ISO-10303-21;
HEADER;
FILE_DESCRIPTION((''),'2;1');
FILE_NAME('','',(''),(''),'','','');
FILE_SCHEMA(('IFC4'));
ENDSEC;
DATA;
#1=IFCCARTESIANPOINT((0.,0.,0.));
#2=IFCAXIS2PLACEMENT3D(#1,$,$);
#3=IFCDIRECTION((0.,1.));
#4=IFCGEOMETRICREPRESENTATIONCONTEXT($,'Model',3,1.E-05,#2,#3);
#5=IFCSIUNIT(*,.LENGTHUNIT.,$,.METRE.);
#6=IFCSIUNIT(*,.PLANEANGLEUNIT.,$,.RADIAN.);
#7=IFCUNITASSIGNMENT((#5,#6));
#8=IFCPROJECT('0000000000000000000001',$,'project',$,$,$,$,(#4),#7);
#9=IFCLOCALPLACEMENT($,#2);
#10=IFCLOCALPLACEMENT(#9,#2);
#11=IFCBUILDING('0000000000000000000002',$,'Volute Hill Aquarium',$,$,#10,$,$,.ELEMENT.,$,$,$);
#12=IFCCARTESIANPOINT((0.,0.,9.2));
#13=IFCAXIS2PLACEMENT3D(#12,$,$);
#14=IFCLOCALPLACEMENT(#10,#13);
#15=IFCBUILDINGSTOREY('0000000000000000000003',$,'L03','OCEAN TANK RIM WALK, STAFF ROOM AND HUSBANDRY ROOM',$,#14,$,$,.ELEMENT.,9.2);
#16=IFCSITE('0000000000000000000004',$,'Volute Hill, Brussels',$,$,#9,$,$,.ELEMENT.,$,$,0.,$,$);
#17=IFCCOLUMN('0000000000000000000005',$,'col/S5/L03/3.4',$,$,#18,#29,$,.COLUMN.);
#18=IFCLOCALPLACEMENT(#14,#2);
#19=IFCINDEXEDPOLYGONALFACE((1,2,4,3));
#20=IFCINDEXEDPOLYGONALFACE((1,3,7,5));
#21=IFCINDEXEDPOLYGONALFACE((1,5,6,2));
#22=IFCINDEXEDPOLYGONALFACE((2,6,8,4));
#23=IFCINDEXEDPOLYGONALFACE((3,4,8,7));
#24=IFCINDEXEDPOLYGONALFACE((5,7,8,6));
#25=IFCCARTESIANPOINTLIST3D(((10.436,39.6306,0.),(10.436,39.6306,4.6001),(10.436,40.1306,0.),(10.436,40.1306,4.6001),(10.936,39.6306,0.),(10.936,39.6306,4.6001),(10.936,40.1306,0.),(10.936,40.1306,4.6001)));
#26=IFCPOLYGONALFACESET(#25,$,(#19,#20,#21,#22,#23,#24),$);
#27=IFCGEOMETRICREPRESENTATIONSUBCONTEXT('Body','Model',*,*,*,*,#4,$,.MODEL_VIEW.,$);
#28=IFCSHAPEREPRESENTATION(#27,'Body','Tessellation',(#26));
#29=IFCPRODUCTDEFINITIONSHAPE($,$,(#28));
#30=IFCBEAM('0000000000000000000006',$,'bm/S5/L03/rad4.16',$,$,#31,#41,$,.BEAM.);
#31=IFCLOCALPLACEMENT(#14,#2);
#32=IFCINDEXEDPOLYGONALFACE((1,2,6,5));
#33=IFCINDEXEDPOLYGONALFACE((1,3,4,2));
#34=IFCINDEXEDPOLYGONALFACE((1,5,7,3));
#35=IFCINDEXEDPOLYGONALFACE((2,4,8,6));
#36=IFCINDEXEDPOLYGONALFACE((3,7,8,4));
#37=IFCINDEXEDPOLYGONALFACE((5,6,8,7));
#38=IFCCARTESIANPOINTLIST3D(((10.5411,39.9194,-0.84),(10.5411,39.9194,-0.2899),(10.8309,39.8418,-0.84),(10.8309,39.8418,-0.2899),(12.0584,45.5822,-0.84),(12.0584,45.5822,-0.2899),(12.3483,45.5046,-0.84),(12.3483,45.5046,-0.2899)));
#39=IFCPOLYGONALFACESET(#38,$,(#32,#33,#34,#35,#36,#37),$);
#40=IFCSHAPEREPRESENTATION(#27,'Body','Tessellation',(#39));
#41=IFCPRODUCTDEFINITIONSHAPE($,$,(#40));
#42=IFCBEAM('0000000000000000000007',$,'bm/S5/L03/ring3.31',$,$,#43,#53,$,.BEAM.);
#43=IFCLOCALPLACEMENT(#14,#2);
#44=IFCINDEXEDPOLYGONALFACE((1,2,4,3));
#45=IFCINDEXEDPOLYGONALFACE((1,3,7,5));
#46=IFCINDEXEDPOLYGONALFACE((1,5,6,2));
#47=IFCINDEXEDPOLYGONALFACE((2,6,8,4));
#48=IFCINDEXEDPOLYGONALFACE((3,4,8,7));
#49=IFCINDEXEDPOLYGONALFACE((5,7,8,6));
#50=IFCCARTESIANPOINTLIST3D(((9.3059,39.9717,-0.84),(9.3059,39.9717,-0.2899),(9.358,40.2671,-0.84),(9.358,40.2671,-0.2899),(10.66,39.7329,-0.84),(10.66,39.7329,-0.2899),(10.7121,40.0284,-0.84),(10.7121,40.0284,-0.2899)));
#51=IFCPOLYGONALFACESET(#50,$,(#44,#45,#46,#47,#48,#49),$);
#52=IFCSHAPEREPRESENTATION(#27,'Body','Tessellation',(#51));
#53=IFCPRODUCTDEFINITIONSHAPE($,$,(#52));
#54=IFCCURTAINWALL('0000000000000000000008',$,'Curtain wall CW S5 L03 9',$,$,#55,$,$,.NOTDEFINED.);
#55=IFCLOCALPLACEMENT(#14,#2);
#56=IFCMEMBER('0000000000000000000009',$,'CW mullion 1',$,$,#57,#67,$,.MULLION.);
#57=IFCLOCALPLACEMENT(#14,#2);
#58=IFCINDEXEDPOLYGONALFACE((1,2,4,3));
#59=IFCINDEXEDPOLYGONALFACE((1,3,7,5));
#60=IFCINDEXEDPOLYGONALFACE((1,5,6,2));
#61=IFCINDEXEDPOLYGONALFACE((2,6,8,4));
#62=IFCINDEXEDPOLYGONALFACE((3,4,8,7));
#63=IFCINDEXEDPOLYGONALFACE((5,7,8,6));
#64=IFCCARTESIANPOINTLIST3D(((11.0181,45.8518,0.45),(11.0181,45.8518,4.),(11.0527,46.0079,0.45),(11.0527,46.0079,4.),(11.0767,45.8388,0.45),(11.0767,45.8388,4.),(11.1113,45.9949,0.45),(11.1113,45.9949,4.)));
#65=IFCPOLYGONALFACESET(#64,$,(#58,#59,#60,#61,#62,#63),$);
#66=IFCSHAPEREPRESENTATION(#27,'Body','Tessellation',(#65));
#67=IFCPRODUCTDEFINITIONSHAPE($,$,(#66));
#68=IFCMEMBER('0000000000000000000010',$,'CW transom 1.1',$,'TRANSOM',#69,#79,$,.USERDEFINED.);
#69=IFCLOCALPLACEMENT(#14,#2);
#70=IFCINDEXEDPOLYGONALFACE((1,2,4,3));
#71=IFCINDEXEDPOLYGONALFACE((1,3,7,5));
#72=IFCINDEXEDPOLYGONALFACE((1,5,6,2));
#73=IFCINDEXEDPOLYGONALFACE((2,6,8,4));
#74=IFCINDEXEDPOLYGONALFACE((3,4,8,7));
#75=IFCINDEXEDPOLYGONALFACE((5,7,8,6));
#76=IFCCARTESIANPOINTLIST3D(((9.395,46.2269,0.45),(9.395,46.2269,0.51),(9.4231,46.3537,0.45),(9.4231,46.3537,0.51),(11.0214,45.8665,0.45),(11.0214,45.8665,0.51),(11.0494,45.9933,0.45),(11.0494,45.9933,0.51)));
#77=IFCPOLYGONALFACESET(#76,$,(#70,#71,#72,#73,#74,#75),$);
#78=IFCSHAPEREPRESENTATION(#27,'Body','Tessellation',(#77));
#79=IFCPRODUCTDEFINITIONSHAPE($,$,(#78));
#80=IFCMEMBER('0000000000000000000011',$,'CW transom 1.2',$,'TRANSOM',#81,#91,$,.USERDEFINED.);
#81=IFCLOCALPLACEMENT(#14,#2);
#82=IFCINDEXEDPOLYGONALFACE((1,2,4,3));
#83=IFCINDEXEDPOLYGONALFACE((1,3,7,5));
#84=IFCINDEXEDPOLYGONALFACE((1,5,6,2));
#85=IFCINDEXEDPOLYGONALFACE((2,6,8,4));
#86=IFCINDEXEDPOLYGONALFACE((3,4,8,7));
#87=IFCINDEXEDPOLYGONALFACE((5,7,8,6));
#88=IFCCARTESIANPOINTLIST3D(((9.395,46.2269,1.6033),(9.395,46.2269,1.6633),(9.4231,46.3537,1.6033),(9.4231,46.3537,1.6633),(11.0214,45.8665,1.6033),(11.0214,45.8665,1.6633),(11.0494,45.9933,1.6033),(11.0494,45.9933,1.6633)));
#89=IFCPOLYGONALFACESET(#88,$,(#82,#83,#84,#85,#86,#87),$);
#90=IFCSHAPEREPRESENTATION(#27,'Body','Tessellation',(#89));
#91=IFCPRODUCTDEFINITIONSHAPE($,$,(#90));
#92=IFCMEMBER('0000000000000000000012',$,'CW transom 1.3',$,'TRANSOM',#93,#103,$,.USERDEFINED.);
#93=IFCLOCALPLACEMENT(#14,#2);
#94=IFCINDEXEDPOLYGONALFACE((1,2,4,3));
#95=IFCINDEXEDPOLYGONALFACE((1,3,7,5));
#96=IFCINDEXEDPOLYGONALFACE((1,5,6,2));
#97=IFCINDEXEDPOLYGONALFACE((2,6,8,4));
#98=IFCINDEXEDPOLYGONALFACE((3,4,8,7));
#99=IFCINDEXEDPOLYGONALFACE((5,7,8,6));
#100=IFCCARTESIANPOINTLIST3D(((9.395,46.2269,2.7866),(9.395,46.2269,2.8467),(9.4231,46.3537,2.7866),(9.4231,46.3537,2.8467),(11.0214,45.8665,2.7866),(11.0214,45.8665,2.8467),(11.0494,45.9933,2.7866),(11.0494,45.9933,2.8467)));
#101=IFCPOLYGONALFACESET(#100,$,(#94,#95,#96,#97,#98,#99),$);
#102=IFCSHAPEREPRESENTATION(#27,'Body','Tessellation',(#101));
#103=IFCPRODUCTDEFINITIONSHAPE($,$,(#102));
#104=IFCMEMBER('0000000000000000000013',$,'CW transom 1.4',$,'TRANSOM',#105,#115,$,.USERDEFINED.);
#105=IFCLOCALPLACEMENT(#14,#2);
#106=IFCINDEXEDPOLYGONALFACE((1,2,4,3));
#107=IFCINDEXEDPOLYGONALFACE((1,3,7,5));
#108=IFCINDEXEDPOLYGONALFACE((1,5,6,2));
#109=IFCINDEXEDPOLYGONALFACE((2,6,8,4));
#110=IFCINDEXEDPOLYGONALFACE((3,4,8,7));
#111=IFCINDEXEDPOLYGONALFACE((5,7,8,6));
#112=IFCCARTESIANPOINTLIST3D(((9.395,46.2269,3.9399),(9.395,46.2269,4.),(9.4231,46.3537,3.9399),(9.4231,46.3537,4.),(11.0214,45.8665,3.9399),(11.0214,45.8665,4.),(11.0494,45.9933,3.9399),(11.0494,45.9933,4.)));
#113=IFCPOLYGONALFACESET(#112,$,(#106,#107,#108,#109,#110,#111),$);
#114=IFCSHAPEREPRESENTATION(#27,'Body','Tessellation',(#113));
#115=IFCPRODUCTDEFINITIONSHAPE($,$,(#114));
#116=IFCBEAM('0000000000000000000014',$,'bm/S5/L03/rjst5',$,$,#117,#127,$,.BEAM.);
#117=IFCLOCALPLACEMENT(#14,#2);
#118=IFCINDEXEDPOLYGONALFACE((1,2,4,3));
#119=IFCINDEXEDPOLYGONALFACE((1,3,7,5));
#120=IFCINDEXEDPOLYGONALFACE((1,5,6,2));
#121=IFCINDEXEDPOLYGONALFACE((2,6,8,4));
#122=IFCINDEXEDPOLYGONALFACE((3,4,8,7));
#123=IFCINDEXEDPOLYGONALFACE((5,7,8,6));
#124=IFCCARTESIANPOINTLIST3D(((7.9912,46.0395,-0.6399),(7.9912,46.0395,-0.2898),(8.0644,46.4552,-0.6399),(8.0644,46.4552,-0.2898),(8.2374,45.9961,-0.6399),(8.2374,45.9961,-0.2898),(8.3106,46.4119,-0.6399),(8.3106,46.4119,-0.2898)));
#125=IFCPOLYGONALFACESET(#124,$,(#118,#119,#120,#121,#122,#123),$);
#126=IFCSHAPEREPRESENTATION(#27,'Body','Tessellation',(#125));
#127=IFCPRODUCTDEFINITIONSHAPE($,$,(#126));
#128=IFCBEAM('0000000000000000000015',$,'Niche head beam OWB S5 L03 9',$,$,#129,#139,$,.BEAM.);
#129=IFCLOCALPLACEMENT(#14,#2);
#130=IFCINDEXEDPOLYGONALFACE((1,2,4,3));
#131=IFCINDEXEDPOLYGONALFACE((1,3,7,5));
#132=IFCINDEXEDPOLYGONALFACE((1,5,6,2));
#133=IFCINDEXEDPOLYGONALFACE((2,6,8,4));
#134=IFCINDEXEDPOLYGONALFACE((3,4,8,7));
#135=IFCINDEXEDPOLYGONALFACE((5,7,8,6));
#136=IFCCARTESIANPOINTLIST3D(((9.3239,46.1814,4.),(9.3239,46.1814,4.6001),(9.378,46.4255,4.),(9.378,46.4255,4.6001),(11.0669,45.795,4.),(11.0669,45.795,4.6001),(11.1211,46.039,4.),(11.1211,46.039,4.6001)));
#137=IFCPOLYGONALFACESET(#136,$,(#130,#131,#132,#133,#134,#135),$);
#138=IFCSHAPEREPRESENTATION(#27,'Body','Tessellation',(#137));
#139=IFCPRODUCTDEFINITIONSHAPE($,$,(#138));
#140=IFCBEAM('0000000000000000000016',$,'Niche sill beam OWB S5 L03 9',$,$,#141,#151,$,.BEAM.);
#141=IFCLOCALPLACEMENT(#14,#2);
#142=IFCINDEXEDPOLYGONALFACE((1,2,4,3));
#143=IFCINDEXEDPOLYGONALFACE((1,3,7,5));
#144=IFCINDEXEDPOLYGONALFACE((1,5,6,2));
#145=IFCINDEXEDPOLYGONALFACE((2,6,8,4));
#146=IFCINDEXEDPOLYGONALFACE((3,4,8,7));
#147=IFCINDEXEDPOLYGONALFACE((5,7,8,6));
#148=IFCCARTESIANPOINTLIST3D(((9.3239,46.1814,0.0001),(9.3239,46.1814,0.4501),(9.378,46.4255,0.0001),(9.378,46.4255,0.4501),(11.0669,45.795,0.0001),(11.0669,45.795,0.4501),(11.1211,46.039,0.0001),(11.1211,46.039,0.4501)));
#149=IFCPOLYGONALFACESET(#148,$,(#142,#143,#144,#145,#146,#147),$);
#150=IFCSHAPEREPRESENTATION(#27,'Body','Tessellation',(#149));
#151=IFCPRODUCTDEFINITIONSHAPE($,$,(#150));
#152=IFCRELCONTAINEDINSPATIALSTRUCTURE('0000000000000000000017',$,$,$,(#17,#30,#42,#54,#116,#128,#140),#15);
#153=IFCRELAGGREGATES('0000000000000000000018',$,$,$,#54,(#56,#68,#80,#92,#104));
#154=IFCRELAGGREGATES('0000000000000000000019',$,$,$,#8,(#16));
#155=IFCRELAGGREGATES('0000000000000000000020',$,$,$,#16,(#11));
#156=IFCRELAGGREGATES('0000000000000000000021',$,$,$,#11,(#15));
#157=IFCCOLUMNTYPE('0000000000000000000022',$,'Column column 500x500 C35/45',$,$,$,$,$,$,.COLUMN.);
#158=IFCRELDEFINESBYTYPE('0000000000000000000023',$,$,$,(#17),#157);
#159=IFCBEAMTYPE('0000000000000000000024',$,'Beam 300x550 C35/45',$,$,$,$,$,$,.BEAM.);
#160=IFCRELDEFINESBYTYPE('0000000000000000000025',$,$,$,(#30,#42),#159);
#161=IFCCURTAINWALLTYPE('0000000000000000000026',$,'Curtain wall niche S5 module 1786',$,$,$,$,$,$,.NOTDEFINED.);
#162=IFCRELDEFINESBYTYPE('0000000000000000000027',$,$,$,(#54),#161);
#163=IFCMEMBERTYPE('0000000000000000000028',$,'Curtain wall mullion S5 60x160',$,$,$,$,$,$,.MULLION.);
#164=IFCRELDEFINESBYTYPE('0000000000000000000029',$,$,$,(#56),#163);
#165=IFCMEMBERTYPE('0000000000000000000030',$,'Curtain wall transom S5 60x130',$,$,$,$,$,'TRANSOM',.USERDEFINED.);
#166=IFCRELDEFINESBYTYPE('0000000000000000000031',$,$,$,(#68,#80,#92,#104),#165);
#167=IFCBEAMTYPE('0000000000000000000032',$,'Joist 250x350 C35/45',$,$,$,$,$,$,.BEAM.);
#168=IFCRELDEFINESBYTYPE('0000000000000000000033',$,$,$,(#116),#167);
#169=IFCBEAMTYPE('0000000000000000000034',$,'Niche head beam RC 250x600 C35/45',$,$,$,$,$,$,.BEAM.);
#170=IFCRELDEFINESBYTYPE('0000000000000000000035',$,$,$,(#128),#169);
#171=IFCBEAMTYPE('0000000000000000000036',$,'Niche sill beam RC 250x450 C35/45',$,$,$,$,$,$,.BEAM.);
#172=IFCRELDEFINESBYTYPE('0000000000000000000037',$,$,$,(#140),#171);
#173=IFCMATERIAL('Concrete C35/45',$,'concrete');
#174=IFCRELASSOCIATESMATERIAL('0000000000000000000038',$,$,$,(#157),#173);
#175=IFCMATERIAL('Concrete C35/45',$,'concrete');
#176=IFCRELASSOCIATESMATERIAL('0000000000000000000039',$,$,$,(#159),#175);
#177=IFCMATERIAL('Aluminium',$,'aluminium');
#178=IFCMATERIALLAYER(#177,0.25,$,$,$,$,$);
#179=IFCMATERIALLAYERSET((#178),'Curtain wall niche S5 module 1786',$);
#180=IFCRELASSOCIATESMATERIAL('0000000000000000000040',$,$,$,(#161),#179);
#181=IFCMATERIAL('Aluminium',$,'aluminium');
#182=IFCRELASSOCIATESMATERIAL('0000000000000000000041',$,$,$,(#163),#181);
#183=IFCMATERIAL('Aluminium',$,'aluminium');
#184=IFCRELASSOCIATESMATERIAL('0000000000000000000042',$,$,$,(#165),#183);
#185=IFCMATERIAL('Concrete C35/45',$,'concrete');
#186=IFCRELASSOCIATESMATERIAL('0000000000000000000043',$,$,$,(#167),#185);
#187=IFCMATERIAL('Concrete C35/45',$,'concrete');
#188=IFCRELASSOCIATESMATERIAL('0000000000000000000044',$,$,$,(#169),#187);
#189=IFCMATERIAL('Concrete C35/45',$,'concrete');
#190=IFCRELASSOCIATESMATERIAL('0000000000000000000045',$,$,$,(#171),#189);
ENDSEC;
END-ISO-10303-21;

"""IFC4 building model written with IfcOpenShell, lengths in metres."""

from ifc_helpers import new_model, si_unit, direction, frame, origin, origin_2d, place, context, subcontext, project, spatial, rectangle, extrude, material, layer, layer_set, material_profile, profile_set, type_object, element, aggregate, save


model = new_model("IFC4")

# Units and contexts
model_context = context("Model", 3, precision=1e-05, world=origin(), true_north=direction((0.0, 1.0)))
body_context = subcontext(model_context, "Body", "Model", "MODEL_VIEW")
ifc_project = project(units=[si_unit("LENGTHUNIT", "METRE"), si_unit("PLANEANGLEUNIT", "RADIAN")], contexts=[model_context])

# Site, building, storey
site_placement = place(None, origin())
site = spatial("IfcSite", under=ifc_project, at=site_placement, Name="Volute Hill, Brussels", CompositionType="ELEMENT", RefElevation=0.0)
building_placement = place(site_placement, origin())
building = spatial("IfcBuilding", under=site, at=building_placement, Name="Volute Hill Aquarium", CompositionType="ELEMENT")
storey_placement = place(building_placement, frame((0.0, 0.0, 9.2)))
storey = spatial("IfcBuildingStorey", under=building, at=storey_placement, Name="L03", Description="OCEAN TANK RIM WALK, STAFF ROOM AND HUSBANDRY ROOM", CompositionType="ELEMENT", Elevation=9.2)

# Column
ifc_material_1 = material(Name="Concrete C35/45", Category="concrete")
ifc_material_profile_1 = material_profile(ifc_material_1, rectangle(XDim=0.5, YDim=0.5, at=origin_2d()), Name="RC column 500x500")
ifc_profile_set_1 = profile_set([ifc_material_profile_1], Name="Concrete C35/45")
column_type = type_object("IfcColumnType", Name="Column column 500x500 C35/45", PredefinedType="COLUMN", material=ifc_profile_set_1)
column_placement = place(storey_placement, frame((10.686, 39.8806, 0.0), z_axis=(0.0, 0.0, 1.0), x_axis=(1.0, 0.0, 0.0)))
element("IfcColumn", 1, at=column_placement, inside=storey, type_object=column_type, Name="col/S5/L03/3.4", PredefinedType="COLUMN", context=body_context, shape_type="SweptSolid", body=[
    extrude(rectangle(XDim=0.5, YDim=0.5, at=origin_2d()), origin(), (0.0, 0.0, 1.0), 4.6001),
])

# Beams
ifc_material_2 = material(Name="Concrete C35/45", Category="concrete")
ifc_material_profile_2 = material_profile(ifc_material_2, rectangle(XDim=0.3, YDim=0.55, at=origin_2d()), Name="RC beam 300x550")
ifc_profile_set_2 = profile_set([ifc_material_profile_2], Name="Concrete C35/45")
beam_type_1 = type_object("IfcBeamType", Name="Beam 300x550 C35/45", PredefinedType="BEAM", material=ifc_profile_set_2)
beam_1_placement = place(storey_placement, frame((10.686, 39.8806, -0.5649), z_axis=(0.258816, 0.965927, 0.0), x_axis=(-0.965927, 0.258816, 0.0)))
element("IfcBeam", 2, at=beam_1_placement, inside=storey, type_object=beam_type_1, Name="bm/S5/L03/rad4.16", PredefinedType="BEAM", context=body_context, shape_type="SweptSolid", body=[
    extrude(rectangle(XDim=0.3, YDim=0.55, at=origin_2d()), origin(), (0.0, 0.0, 1.0), 5.8625),
])
beam_2_placement = place(storey_placement, frame((10.686, 39.8806, -0.5649), z_axis=(-0.984805, 0.173664, 0.0), x_axis=(-0.173664, -0.984805, 0.0)))
element("IfcBeam", 3, at=beam_2_placement, inside=storey, type_object=beam_type_1, Name="bm/S5/L03/ring3.31", PredefinedType="BEAM", context=body_context, shape_type="SweptSolid", body=[
    extrude(rectangle(XDim=0.3, YDim=0.55, at=origin_2d()), origin(), (0.0, 0.0, 1.0), 1.375),
])

# Curtain wall, members
ifc_material_3 = material(Name="Aluminium", Category="aluminium")
ifc_layer_1 = layer(ifc_material_3, 0.25)
ifc_layer_set_1 = layer_set([ifc_layer_1], Name="Curtain wall niche S5 module 1786")
curtain_wall_type = type_object("IfcCurtainWallType", Name="Curtain wall niche S5 module 1786", PredefinedType="NOTDEFINED", material=ifc_layer_set_1)
curtain_wall_placement = place(storey_placement, origin())
curtain_wall = element("IfcCurtainWall", 4, at=curtain_wall_placement, inside=storey, type_object=curtain_wall_type, Name="Curtain wall CW S5 L03 9", PredefinedType="NOTDEFINED")
ifc_material_4 = material(Name="Aluminium", Category="aluminium")
ifc_material_profile_3 = material_profile(ifc_material_4, rectangle(XDim=0.1599, YDim=0.0601, at=origin_2d()), Name="Curtain wall mullion S5 60x160")
ifc_profile_set_3 = profile_set([ifc_material_profile_3], Name="Aluminium")
member_type_1 = type_object("IfcMemberType", Name="Curtain wall mullion S5 60x160", PredefinedType="MULLION", material=ifc_profile_set_3)
member_1_placement = place(storey_placement, frame((11.0647, 45.9233, 0.45), z_axis=(0.0, 0.0, 1.0), x_axis=(-0.216422, -0.9763, 0.0)))
member_1 = element("IfcMember", 5, at=member_1_placement, type_object=member_type_1, Name="CW mullion 1", PredefinedType="MULLION", context=body_context, shape_type="SweptSolid", body=[
    extrude(rectangle(XDim=0.1599, YDim=0.0601, at=origin_2d()), origin(), (0.0, 0.0, 1.0), 3.55),
])
ifc_material_5 = material(Name="Aluminium", Category="aluminium")
ifc_material_profile_4 = material_profile(ifc_material_5, rectangle(XDim=0.1299, YDim=0.0601, at=origin_2d()), Name="Curtain wall transom S5 60x130")
ifc_profile_set_4 = profile_set([ifc_material_profile_4], Name="Aluminium")
member_type_2 = type_object("IfcMemberType", Name="Curtain wall transom S5 60x130", ElementType="TRANSOM", PredefinedType="USERDEFINED", material=ifc_profile_set_4)
member_2_placement = place(storey_placement, frame((11.0354, 45.9299, 0.48), z_axis=(-0.976318, 0.216341, 0.0), x_axis=(-0.216341, -0.976318, 0.0)))
member_2 = element("IfcMember", 6, at=member_2_placement, type_object=member_type_2, Name="CW transom 1.1", ObjectType="TRANSOM", PredefinedType="USERDEFINED", context=body_context, shape_type="SweptSolid", body=[
    extrude(rectangle(XDim=0.1299, YDim=0.0601, at=origin_2d()), origin(), (0.0, 0.0, 1.0), 1.6658),
])
member_3_placement = place(storey_placement, frame((11.0354, 45.9299, 1.6333), z_axis=(-0.976318, 0.216341, 0.0), x_axis=(-0.216341, -0.976318, 0.0)))
member_3 = element("IfcMember", 7, at=member_3_placement, type_object=member_type_2, Name="CW transom 1.2", ObjectType="TRANSOM", PredefinedType="USERDEFINED", context=body_context, shape_type="SweptSolid", body=[
    extrude(rectangle(XDim=0.1299, YDim=0.0601, at=origin_2d()), origin(), (0.0, 0.0, 1.0), 1.6658),
])
member_4_placement = place(storey_placement, frame((11.0354, 45.9299, 2.8167), z_axis=(-0.976318, 0.216341, 0.0), x_axis=(-0.216341, -0.976318, 0.0)))
member_4 = element("IfcMember", 8, at=member_4_placement, type_object=member_type_2, Name="CW transom 1.3", ObjectType="TRANSOM", PredefinedType="USERDEFINED", context=body_context, shape_type="SweptSolid", body=[
    extrude(rectangle(XDim=0.1299, YDim=0.0601, at=origin_2d()), origin(), (0.0, 0.0, 1.0), 1.6658),
])
member_5_placement = place(storey_placement, frame((11.0354, 45.9299, 3.97), z_axis=(-0.976318, 0.216341, 0.0), x_axis=(-0.216341, -0.976318, 0.0)))
member_5 = element("IfcMember", 9, at=member_5_placement, type_object=member_type_2, Name="CW transom 1.4", ObjectType="TRANSOM", PredefinedType="USERDEFINED", context=body_context, shape_type="SweptSolid", body=[
    extrude(rectangle(XDim=0.1299, YDim=0.0601, at=origin_2d()), origin(), (0.0, 0.0, 1.0), 1.6658),
])
aggregate(curtain_wall, [member_1, member_2, member_3, member_4, member_5])

# Beams
ifc_material_6 = material(Name="Concrete C35/45", Category="concrete")
ifc_material_profile_5 = material_profile(ifc_material_6, rectangle(XDim=0.25, YDim=0.3501, at=origin_2d()), Name="RC joist 250x350")
ifc_profile_set_5 = profile_set([ifc_material_profile_5], Name="Concrete C35/45")
beam_type_2 = type_object("IfcBeamType", Name="Joist 250x350 C35/45", PredefinedType="BEAM", material=ifc_profile_set_5)
beam_3_placement = place(storey_placement, frame((8.1143, 46.0178, -0.4648), z_axis=(0.173488, 0.984836, 0.0), x_axis=(-0.984836, 0.173488, 0.0)))
element("IfcBeam", 10, at=beam_3_placement, inside=storey, type_object=beam_type_2, Name="bm/S5/L03/rjst5", PredefinedType="BEAM", context=body_context, shape_type="SweptSolid", body=[
    extrude(rectangle(XDim=0.25, YDim=0.3501, at=origin_2d()), origin(), (0.0, 0.0, 1.0), 0.4221),
])
ifc_material_7 = material(Name="Concrete C35/45", Category="concrete")
ifc_material_profile_6 = material_profile(ifc_material_7, rectangle(XDim=0.25, YDim=0.6001, at=origin_2d()), Name="RC beam 250x600")
ifc_profile_set_6 = profile_set([ifc_material_profile_6], Name="Concrete C35/45")
beam_type_3 = type_object("IfcBeamType", Name="Niche head beam RC 250x600 C35/45", PredefinedType="BEAM", material=ifc_profile_set_6)
beam_4_placement = place(storey_placement, frame((11.094, 45.917, 4.3), z_axis=(-0.976293, 0.216453, 0.0), x_axis=(-0.216453, -0.976293, 0.0)))
element("IfcBeam", 11, at=beam_4_placement, inside=storey, type_object=beam_type_3, Name="Niche head beam OWB S5 L03 9", PredefinedType="BEAM", context=body_context, shape_type="SweptSolid", body=[
    extrude(rectangle(XDim=0.25, YDim=0.6001, at=origin_2d()), origin(), (0.0, 0.0, 1.0), 1.7854),
])
ifc_material_8 = material(Name="Concrete C35/45", Category="concrete")
ifc_material_profile_7 = material_profile(ifc_material_8, rectangle(XDim=0.25, YDim=0.45, at=origin_2d()), Name="RC beam 250x450")
ifc_profile_set_7 = profile_set([ifc_material_profile_7], Name="Concrete C35/45")
beam_type_4 = type_object("IfcBeamType", Name="Niche sill beam RC 250x450 C35/45", PredefinedType="BEAM", material=ifc_profile_set_7)
beam_5_placement = place(storey_placement, frame((11.094, 45.917, 0.2251), z_axis=(-0.976293, 0.216453, 0.0), x_axis=(-0.216453, -0.976293, 0.0)))
element("IfcBeam", 12, at=beam_5_placement, inside=storey, type_object=beam_type_4, Name="Niche sill beam OWB S5 L03 9", PredefinedType="BEAM", context=body_context, shape_type="SweptSolid", body=[
    extrude(rectangle(XDim=0.25, YDim=0.45, at=origin_2d()), origin(), (0.0, 0.0, 1.0), 1.7854),
])

save(model, "model.ifc")
